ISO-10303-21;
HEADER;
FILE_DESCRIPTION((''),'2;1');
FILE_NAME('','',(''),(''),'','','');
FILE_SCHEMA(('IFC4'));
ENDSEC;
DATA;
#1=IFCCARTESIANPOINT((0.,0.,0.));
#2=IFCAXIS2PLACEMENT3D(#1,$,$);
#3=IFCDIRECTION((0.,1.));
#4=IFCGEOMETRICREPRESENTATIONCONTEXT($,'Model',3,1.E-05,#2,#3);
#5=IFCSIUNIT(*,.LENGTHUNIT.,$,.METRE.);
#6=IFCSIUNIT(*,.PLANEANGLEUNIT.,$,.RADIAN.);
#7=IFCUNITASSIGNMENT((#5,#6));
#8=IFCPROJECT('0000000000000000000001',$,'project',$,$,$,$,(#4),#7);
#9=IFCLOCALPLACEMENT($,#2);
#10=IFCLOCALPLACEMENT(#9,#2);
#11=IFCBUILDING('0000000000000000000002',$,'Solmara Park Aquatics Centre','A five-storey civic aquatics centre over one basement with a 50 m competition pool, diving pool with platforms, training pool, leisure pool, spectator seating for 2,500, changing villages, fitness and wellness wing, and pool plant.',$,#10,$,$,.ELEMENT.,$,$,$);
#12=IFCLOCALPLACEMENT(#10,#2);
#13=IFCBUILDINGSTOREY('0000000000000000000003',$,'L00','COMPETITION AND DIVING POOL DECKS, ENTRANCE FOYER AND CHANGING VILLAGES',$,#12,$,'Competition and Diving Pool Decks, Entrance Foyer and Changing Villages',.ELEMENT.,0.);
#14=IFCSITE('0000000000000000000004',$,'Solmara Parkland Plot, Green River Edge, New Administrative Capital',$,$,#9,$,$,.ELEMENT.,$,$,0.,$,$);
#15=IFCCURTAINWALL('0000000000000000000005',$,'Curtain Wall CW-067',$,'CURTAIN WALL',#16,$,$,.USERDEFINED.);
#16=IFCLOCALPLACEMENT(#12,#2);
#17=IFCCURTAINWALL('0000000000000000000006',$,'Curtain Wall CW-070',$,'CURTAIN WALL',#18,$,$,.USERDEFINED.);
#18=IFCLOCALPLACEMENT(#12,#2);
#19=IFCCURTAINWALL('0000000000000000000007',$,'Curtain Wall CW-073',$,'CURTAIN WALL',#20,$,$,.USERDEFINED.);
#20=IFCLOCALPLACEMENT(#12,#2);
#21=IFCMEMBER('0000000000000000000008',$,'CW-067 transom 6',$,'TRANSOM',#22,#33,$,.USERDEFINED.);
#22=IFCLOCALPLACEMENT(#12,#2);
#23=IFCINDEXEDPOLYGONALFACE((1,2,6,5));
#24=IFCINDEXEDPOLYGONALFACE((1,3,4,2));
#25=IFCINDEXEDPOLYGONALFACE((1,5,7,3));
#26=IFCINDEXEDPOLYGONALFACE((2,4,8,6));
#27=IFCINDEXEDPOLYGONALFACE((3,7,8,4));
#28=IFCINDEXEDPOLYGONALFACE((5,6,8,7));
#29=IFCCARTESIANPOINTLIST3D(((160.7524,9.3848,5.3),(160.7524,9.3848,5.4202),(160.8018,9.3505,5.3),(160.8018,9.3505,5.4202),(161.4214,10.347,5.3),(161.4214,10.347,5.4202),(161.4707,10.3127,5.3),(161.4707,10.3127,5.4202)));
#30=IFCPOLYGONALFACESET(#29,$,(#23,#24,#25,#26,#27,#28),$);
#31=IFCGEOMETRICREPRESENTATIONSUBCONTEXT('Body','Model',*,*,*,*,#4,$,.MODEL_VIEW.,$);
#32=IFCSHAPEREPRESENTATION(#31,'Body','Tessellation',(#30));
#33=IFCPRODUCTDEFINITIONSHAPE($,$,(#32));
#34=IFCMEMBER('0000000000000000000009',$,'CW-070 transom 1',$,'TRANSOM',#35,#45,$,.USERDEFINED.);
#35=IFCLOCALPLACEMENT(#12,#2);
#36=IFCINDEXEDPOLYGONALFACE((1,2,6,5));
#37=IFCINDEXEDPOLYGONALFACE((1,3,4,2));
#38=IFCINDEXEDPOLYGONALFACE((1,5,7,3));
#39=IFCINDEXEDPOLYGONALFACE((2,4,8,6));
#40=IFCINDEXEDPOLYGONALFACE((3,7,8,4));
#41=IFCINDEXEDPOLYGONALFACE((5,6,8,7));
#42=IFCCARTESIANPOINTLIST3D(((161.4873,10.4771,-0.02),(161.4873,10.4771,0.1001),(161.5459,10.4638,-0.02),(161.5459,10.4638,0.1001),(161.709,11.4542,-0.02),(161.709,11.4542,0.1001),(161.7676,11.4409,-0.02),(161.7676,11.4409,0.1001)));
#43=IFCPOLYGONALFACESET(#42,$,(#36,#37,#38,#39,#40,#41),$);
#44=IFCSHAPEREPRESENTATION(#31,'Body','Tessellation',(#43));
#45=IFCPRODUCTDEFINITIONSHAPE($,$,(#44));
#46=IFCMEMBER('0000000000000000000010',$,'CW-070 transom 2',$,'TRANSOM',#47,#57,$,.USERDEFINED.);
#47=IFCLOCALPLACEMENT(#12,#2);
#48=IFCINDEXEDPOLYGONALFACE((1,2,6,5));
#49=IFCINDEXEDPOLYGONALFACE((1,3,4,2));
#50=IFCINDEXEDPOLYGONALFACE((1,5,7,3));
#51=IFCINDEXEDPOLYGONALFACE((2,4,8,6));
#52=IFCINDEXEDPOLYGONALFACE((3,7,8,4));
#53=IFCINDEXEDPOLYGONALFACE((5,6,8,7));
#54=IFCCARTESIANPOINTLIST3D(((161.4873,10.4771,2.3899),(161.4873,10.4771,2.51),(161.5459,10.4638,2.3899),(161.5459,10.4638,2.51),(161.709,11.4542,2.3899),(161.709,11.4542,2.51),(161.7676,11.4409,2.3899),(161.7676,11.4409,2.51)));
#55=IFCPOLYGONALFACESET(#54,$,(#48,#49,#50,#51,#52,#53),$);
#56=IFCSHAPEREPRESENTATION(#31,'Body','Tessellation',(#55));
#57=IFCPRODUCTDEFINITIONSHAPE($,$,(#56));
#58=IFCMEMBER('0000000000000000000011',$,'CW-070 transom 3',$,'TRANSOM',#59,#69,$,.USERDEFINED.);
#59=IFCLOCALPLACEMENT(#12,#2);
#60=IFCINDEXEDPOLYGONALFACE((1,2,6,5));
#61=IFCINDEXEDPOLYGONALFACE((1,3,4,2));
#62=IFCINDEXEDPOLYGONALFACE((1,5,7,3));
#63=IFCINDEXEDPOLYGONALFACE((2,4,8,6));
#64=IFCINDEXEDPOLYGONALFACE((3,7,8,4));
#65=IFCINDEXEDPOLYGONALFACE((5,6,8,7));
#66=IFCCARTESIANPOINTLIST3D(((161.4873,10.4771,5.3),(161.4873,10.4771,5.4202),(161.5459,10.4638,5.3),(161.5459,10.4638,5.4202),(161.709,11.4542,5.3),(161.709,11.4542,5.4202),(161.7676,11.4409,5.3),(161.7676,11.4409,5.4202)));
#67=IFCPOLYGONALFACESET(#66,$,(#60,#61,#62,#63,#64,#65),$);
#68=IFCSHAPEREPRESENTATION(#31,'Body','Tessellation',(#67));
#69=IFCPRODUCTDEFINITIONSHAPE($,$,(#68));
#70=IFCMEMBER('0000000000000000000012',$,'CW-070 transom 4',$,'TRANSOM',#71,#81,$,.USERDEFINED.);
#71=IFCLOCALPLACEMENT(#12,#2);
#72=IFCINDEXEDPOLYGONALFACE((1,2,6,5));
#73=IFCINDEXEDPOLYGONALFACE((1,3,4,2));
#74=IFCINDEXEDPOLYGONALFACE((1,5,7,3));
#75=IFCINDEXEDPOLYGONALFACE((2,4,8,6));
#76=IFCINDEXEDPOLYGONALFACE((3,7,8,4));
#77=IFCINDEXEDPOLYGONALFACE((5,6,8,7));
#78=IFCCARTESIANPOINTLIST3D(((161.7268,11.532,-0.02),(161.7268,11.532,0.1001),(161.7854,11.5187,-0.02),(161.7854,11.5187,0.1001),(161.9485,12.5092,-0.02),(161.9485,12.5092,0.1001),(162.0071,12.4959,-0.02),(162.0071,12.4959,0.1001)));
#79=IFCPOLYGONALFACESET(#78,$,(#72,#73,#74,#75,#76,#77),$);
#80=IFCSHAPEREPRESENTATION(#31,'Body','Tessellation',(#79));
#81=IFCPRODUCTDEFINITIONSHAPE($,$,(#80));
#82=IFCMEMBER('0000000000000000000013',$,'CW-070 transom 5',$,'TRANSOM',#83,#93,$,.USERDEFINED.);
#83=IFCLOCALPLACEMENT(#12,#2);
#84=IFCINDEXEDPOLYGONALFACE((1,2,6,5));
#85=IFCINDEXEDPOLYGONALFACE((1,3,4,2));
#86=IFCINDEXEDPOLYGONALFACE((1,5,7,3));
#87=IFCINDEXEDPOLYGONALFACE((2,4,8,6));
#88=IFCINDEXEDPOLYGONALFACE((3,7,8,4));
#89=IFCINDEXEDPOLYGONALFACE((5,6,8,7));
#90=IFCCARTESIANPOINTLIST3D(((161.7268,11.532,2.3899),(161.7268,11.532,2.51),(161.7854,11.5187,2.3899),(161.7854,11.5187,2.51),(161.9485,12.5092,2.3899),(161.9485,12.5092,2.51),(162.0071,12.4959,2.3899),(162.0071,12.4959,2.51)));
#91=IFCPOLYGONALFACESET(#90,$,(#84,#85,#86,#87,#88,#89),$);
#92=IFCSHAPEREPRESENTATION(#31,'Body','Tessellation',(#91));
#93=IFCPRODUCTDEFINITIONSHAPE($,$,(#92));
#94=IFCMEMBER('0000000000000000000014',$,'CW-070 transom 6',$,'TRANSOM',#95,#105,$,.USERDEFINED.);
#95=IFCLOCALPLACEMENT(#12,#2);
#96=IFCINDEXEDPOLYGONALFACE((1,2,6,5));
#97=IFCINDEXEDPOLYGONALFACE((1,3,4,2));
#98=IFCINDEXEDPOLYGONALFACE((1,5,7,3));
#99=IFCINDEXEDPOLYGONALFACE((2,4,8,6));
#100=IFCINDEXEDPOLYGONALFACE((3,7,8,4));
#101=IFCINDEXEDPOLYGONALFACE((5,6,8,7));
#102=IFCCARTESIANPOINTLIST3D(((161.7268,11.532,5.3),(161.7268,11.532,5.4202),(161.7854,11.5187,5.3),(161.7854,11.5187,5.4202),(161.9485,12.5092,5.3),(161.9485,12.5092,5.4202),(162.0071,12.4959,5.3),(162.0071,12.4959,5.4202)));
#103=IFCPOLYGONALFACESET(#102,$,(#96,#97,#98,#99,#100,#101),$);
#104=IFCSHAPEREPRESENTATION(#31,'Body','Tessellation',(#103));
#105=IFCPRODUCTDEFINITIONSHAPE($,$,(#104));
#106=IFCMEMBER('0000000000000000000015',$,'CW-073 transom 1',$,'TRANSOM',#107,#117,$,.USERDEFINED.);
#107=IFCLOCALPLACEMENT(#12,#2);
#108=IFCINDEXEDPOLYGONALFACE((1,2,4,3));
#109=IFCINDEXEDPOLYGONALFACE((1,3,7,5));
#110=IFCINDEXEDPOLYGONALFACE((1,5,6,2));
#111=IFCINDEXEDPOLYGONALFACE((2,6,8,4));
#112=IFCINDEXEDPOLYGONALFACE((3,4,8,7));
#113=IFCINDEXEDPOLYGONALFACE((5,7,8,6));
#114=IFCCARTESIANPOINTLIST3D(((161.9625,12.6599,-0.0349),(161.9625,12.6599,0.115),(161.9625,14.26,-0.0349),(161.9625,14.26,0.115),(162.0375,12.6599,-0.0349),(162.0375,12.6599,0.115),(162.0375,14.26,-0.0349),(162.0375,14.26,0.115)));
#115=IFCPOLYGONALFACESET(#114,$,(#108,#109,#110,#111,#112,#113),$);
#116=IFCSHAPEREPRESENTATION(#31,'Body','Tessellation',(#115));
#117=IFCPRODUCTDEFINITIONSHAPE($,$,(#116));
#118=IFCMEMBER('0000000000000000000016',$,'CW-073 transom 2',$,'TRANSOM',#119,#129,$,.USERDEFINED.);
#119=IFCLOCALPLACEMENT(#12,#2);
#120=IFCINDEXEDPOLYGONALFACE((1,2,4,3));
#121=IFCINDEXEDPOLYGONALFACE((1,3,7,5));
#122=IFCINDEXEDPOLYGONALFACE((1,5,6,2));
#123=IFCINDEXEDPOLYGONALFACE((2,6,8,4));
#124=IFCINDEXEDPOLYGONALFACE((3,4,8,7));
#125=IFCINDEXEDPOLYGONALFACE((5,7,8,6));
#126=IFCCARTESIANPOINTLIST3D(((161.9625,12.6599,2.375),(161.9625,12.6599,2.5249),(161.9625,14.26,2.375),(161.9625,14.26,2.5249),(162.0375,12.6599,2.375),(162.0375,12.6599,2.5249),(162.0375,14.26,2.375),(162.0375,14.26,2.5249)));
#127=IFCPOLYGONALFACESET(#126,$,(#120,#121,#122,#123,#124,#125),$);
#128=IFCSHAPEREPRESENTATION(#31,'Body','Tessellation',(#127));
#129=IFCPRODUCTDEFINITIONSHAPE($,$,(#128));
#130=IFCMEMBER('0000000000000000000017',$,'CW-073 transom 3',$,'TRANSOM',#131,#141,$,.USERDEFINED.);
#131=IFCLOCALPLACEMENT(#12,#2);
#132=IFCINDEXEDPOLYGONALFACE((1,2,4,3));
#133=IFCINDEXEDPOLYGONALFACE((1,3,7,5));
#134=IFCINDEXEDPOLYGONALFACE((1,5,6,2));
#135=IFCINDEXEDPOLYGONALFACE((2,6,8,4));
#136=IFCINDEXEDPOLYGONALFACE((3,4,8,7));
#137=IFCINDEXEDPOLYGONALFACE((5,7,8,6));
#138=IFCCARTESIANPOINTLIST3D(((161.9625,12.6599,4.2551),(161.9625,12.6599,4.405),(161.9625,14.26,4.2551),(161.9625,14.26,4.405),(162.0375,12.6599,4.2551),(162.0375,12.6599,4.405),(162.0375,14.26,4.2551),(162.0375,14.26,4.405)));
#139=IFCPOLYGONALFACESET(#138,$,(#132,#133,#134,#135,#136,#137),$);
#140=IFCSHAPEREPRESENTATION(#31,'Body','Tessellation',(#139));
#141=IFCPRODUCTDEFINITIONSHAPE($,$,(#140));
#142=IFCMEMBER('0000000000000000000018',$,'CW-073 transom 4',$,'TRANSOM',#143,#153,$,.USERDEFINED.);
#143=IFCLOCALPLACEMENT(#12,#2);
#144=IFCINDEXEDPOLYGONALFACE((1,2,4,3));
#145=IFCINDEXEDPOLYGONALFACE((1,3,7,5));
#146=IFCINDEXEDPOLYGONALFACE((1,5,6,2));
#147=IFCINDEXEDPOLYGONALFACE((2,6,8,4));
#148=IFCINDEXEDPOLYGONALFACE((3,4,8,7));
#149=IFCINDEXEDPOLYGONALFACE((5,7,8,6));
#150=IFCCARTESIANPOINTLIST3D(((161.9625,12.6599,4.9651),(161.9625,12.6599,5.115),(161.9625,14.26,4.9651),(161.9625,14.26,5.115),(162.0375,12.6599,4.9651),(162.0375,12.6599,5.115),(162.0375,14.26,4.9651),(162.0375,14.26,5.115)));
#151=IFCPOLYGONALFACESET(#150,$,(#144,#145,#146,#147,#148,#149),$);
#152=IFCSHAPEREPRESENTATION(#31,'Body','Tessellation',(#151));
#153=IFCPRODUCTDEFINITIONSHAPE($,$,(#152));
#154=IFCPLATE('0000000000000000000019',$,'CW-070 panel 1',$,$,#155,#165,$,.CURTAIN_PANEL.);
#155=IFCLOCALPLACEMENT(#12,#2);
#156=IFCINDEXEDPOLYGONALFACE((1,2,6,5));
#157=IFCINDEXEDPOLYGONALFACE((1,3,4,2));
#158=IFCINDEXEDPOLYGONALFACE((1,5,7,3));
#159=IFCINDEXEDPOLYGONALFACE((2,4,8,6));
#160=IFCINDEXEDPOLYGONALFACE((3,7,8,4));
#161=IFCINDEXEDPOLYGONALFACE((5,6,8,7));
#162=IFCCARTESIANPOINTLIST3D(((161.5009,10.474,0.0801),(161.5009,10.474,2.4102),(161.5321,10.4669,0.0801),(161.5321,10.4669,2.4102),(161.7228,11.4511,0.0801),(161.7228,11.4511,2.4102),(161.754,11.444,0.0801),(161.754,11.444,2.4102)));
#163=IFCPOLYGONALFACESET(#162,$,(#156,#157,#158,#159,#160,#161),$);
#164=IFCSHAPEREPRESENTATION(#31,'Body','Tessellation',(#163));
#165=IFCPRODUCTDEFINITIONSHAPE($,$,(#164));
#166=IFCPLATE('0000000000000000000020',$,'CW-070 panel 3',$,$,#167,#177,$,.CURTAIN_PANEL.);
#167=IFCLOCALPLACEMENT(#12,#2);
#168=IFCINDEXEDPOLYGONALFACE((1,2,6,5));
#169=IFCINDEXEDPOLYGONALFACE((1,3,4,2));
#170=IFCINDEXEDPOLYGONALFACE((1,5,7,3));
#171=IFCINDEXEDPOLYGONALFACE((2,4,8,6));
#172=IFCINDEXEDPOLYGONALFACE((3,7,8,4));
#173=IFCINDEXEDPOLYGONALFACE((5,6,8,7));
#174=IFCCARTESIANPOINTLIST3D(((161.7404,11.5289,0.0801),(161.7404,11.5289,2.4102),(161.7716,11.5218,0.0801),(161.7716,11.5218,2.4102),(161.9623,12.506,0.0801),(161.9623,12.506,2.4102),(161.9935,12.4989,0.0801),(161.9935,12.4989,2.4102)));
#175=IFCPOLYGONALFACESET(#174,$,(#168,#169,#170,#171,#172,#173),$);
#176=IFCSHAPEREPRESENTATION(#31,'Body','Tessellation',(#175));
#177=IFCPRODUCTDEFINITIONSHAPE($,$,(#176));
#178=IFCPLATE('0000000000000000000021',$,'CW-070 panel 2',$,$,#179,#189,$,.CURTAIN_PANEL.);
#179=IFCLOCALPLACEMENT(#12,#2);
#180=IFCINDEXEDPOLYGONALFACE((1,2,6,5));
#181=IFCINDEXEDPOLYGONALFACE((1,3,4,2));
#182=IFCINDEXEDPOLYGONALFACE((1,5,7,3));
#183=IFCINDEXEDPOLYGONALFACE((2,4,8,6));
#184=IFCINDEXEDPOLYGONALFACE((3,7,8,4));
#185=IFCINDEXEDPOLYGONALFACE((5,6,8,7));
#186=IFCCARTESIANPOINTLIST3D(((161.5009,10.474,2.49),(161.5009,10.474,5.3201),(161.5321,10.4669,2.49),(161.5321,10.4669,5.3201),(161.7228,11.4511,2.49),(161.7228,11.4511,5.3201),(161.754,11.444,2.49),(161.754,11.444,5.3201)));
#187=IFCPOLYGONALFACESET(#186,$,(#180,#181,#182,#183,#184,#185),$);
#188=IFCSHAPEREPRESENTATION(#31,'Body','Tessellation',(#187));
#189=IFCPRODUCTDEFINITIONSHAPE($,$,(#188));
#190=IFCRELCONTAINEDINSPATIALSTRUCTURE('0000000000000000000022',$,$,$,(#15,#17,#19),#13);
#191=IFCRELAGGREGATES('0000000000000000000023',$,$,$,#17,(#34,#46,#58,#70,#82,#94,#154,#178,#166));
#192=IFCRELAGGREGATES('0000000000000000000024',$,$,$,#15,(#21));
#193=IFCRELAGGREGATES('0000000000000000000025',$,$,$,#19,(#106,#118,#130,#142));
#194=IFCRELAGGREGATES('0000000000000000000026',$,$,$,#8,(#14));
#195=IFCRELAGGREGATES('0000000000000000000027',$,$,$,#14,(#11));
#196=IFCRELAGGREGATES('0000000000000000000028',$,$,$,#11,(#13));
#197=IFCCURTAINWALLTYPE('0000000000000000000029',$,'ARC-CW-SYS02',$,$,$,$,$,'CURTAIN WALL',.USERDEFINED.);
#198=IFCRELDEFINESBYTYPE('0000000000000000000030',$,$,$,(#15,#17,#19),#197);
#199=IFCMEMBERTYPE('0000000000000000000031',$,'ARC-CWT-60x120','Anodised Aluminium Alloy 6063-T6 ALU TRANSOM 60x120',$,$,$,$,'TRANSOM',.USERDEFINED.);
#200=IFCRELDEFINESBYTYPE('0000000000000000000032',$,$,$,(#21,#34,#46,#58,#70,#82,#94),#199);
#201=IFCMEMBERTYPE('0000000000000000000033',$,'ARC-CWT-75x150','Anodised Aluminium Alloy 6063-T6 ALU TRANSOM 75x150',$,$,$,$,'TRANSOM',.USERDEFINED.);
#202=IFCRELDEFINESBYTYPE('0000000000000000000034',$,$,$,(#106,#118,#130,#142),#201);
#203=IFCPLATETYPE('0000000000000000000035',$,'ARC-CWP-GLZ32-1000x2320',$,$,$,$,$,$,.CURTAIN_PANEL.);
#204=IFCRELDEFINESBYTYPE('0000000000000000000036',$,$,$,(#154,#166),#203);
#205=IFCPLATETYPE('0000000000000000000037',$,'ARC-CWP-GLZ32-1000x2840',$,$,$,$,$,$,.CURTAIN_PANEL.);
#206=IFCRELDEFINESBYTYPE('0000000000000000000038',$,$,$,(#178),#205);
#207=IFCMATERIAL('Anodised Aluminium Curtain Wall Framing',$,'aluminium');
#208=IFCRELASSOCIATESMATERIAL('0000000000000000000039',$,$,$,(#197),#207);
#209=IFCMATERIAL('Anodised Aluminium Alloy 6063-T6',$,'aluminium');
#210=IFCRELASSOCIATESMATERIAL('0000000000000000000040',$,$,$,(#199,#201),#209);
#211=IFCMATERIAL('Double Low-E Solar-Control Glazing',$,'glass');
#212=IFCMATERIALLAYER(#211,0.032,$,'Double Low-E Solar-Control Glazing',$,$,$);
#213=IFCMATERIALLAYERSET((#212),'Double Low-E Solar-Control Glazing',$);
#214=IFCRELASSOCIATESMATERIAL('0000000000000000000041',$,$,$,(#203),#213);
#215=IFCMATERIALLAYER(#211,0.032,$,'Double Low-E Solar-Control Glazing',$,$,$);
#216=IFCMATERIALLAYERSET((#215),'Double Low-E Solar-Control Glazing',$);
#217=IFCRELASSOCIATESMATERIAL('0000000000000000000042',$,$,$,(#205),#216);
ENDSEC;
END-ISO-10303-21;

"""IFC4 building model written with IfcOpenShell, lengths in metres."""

from ifc_helpers import new_model, si_unit, direction, frame, origin, origin_2d, place, context, subcontext, project, spatial, rectangle, extrude, material, layer, layer_set, material_profile, profile_set, type_object, element, aggregate, save


model = new_model("IFC4")

# Units and contexts
model_context = context("Model", 3, precision=1e-05, world=origin(), true_north=direction((0.0, 1.0)))
body_context = subcontext(model_context, "Body", "Model", "MODEL_VIEW")
ifc_project = project(units=[si_unit("LENGTHUNIT", "METRE"), si_unit("PLANEANGLEUNIT", "RADIAN")], contexts=[model_context])

# Site, building, storey
site_placement = place(None, origin())
site = spatial("IfcSite", under=ifc_project, at=site_placement, Name="Solmara Parkland Plot, Green River Edge, New Administrative Capital", CompositionType="ELEMENT", RefElevation=0.0)
building_placement = place(site_placement, origin())
building = spatial("IfcBuilding", under=site, at=building_placement, Name="Solmara Park Aquatics Centre", Description="A five-storey civic aquatics centre over one basement with a 50 m competition pool, diving pool with platforms, training pool, leisure pool, spectator seating for 2,500, changing villages, fitness and wellness wing, and pool plant.", CompositionType="ELEMENT")
storey_placement = place(building_placement, origin())
storey = spatial("IfcBuildingStorey", under=building, at=storey_placement, Name="L00", Description="COMPETITION AND DIVING POOL DECKS, ENTRANCE FOYER AND CHANGING VILLAGES", LongName="Competition and Diving Pool Decks, Entrance Foyer and Changing Villages", CompositionType="ELEMENT", Elevation=0.0)

# Shared definitions
ifc_material_1 = material(Name="Anodised Aluminium Curtain Wall Framing", Category="aluminium")
curtain_wall_type = type_object("IfcCurtainWallType", Name="ARC-CW-SYS02", ElementType="CURTAIN WALL", PredefinedType="USERDEFINED", material=ifc_material_1)
ifc_material_2 = material(Name="Anodised Aluminium Alloy 6063-T6", Category="aluminium")

# Curtain walls
curtain_wall_1_placement = place(storey_placement, origin())
curtain_wall_1 = element("IfcCurtainWall", 1, at=curtain_wall_1_placement, inside=storey, type_object=curtain_wall_type, Name="Curtain Wall CW-067", ObjectType="CURTAIN WALL", PredefinedType="USERDEFINED")
curtain_wall_2_placement = place(storey_placement, origin())
curtain_wall_2 = element("IfcCurtainWall", 2, at=curtain_wall_2_placement, inside=storey, type_object=curtain_wall_type, Name="Curtain Wall CW-070", ObjectType="CURTAIN WALL", PredefinedType="USERDEFINED")

# Curtain wall
curtain_wall_3_placement = place(storey_placement, origin())
curtain_wall_3 = element("IfcCurtainWall", 3, at=curtain_wall_3_placement, inside=storey, type_object=curtain_wall_type, Name="Curtain Wall CW-073", ObjectType="CURTAIN WALL", PredefinedType="USERDEFINED")

# Members
ifc_material_profile_1 = material_profile(ifc_material_2, rectangle(XDim=0.0601, YDim=0.1201, at=origin_2d()), Name="ALU TRANSOM 60x120")
ifc_profile_set_1 = profile_set([ifc_material_profile_1], Name="Anodised Aluminium Alloy 6063-T6")
member_type_1 = type_object("IfcMemberType", Name="ARC-CWT-60x120", Description="Anodised Aluminium Alloy 6063-T6 ALU TRANSOM 60x120", ElementType="TRANSOM", PredefinedType="USERDEFINED", material=ifc_profile_set_1)
member_1_placement = place(storey_placement, frame((160.7771, 9.3677, 5.3601), z_axis=(0.570845, 0.821058, 0.0), x_axis=(-0.821058, 0.570845, 0.0)))
member_1 = element("IfcMember", 4, at=member_1_placement, type_object=member_type_1, Name="CW-067 transom 6", ObjectType="TRANSOM", PredefinedType="USERDEFINED", context=body_context, shape_type="SweptSolid", body=[
    extrude(rectangle(XDim=0.0601, YDim=0.1201, at=origin_2d()), origin(), (0.0, 0.0, 1.0), 1.1719),
])
member_2_placement = place(storey_placement, frame((161.5166, 10.4705, 0.04), z_axis=(0.221263, 0.975214, 0.0), x_axis=(-0.975214, 0.221263, 0.0)))
member_2 = element("IfcMember", 5, at=member_2_placement, type_object=member_type_1, Name="CW-070 transom 1", ObjectType="TRANSOM", PredefinedType="USERDEFINED", context=body_context, shape_type="SweptSolid", body=[
    extrude(rectangle(XDim=0.0601, YDim=0.1201, at=origin_2d()), origin(), (0.0, 0.0, 1.0), 1.002),
])
member_3_placement = place(storey_placement, frame((161.5166, 10.4705, 2.45), z_axis=(0.221263, 0.975214, 0.0), x_axis=(-0.975214, 0.221263, 0.0)))
member_3 = element("IfcMember", 6, at=member_3_placement, type_object=member_type_1, Name="CW-070 transom 2", ObjectType="TRANSOM", PredefinedType="USERDEFINED", context=body_context, shape_type="SweptSolid", body=[
    extrude(rectangle(XDim=0.0601, YDim=0.1201, at=origin_2d()), origin(), (0.0, 0.0, 1.0), 1.002),
])
member_4_placement = place(storey_placement, frame((161.5166, 10.4705, 5.3601), z_axis=(0.221263, 0.975214, 0.0), x_axis=(-0.975214, 0.221263, 0.0)))
member_4 = element("IfcMember", 7, at=member_4_placement, type_object=member_type_1, Name="CW-070 transom 3", ObjectType="TRANSOM", PredefinedType="USERDEFINED", context=body_context, shape_type="SweptSolid", body=[
    extrude(rectangle(XDim=0.0601, YDim=0.1201, at=origin_2d()), origin(), (0.0, 0.0, 1.0), 1.002),
])
member_5_placement = place(storey_placement, frame((161.7561, 11.5254, 0.04), z_axis=(0.221263, 0.975214, 0.0), x_axis=(-0.975214, 0.221263, 0.0)))
member_5 = element("IfcMember", 8, at=member_5_placement, type_object=member_type_1, Name="CW-070 transom 4", ObjectType="TRANSOM", PredefinedType="USERDEFINED", context=body_context, shape_type="SweptSolid", body=[
    extrude(rectangle(XDim=0.0601, YDim=0.1201, at=origin_2d()), origin(), (0.0, 0.0, 1.0), 1.002),
])
member_6_placement = place(storey_placement, frame((161.7561, 11.5254, 2.45), z_axis=(0.221263, 0.975214, 0.0), x_axis=(-0.975214, 0.221263, 0.0)))
member_6 = element("IfcMember", 9, at=member_6_placement, type_object=member_type_1, Name="CW-070 transom 5", ObjectType="TRANSOM", PredefinedType="USERDEFINED", context=body_context, shape_type="SweptSolid", body=[
    extrude(rectangle(XDim=0.0601, YDim=0.1201, at=origin_2d()), origin(), (0.0, 0.0, 1.0), 1.002),
])
member_7_placement = place(storey_placement, frame((161.7561, 11.5254, 5.3601), z_axis=(0.221263, 0.975214, 0.0), x_axis=(-0.975214, 0.221263, 0.0)))
member_7 = element("IfcMember", 10, at=member_7_placement, type_object=member_type_1, Name="CW-070 transom 6", ObjectType="TRANSOM", PredefinedType="USERDEFINED", context=body_context, shape_type="SweptSolid", body=[
    extrude(rectangle(XDim=0.0601, YDim=0.1201, at=origin_2d()), origin(), (0.0, 0.0, 1.0), 1.002),
])
ifc_material_profile_2 = material_profile(ifc_material_2, rectangle(XDim=0.075, YDim=0.1499, at=origin_2d()), Name="ALU TRANSOM 75x150")
ifc_profile_set_2 = profile_set([ifc_material_profile_2], Name="Anodised Aluminium Alloy 6063-T6")
member_type_2 = type_object("IfcMemberType", Name="ARC-CWT-75x150", Description="Anodised Aluminium Alloy 6063-T6 ALU TRANSOM 75x150", ElementType="TRANSOM", PredefinedType="USERDEFINED", material=ifc_profile_set_2)
member_8_placement = place(storey_placement, frame((162.0, 12.6599, 0.04), z_axis=(0.0, 1.0, 0.0), x_axis=(-1.0, 0.0, 0.0)))
member_8 = element("IfcMember", 11, at=member_8_placement, type_object=member_type_2, Name="CW-073 transom 1", ObjectType="TRANSOM", PredefinedType="USERDEFINED", context=body_context, shape_type="SweptSolid", body=[
    extrude(rectangle(XDim=0.075, YDim=0.1499, at=origin_2d()), origin(), (0.0, 0.0, 1.0), 1.6001),
])
member_9_placement = place(storey_placement, frame((162.0, 12.6599, 2.45), z_axis=(0.0, 1.0, 0.0), x_axis=(-1.0, 0.0, 0.0)))
member_9 = element("IfcMember", 12, at=member_9_placement, type_object=member_type_2, Name="CW-073 transom 2", ObjectType="TRANSOM", PredefinedType="USERDEFINED", context=body_context, shape_type="SweptSolid", body=[
    extrude(rectangle(XDim=0.075, YDim=0.1499, at=origin_2d()), origin(), (0.0, 0.0, 1.0), 1.6001),
])
member_10_placement = place(storey_placement, frame((162.0, 12.6599, 4.3301), z_axis=(0.0, 1.0, 0.0), x_axis=(-1.0, 0.0, 0.0)))
member_10 = element("IfcMember", 13, at=member_10_placement, type_object=member_type_2, Name="CW-073 transom 3", ObjectType="TRANSOM", PredefinedType="USERDEFINED", context=body_context, shape_type="SweptSolid", body=[
    extrude(rectangle(XDim=0.075, YDim=0.1499, at=origin_2d()), origin(), (0.0, 0.0, 1.0), 1.6001),
])
member_11_placement = place(storey_placement, frame((162.0, 12.6599, 5.04), z_axis=(0.0, 1.0, 0.0), x_axis=(-1.0, 0.0, 0.0)))
member_11 = element("IfcMember", 14, at=member_11_placement, type_object=member_type_2, Name="CW-073 transom 4", ObjectType="TRANSOM", PredefinedType="USERDEFINED", context=body_context, shape_type="SweptSolid", body=[
    extrude(rectangle(XDim=0.075, YDim=0.1499, at=origin_2d()), origin(), (0.0, 0.0, 1.0), 1.6001),
])

# Plates
ifc_material_3 = material(Name="Double Low-E Solar-Control Glazing", Category="glass")
ifc_layer_1 = layer(ifc_material_3, 0.032, Name="Double Low-E Solar-Control Glazing")
ifc_layer_set_1 = layer_set([ifc_layer_1], Name="Double Low-E Solar-Control Glazing")
plate_type_1 = type_object("IfcPlateType", Name="ARC-CWP-GLZ32-1000x2320", PredefinedType="CURTAIN_PANEL", material=ifc_layer_set_1)
plate_1_placement = place(storey_placement, frame((161.6274, 10.959, 0.0801), z_axis=(0.0, 0.0, 1.0), x_axis=(0.221421, 0.975178, 0.0)))
plate_1 = element("IfcPlate", 15, at=plate_1_placement, type_object=plate_type_1, Name="CW-070 panel 1", PredefinedType="CURTAIN_PANEL", context=body_context, shape_type="SweptSolid", body=[
    extrude(rectangle(XDim=1.002, YDim=0.032, at=origin_2d()), origin(), (0.0, 0.0, 1.0), 2.3301),
])
plate_2_placement = place(storey_placement, frame((161.8669, 12.0139, 0.0801), z_axis=(0.0, 0.0, 1.0), x_axis=(0.221421, 0.975178, 0.0)))
plate_2 = element("IfcPlate", 16, at=plate_2_placement, type_object=plate_type_1, Name="CW-070 panel 3", PredefinedType="CURTAIN_PANEL", context=body_context, shape_type="SweptSolid", body=[
    extrude(rectangle(XDim=1.002, YDim=0.032, at=origin_2d()), origin(), (0.0, 0.0, 1.0), 2.3301),
])
ifc_layer_2 = layer(ifc_material_3, 0.032, Name="Double Low-E Solar-Control Glazing")
ifc_layer_set_2 = layer_set([ifc_layer_2], Name="Double Low-E Solar-Control Glazing")
plate_type_2 = type_object("IfcPlateType", Name="ARC-CWP-GLZ32-1000x2840", PredefinedType="CURTAIN_PANEL", material=ifc_layer_set_2)
plate_3_placement = place(storey_placement, frame((161.6274, 10.959, 2.49), z_axis=(0.0, 0.0, 1.0), x_axis=(0.221421, 0.975178, 0.0)))
plate_3 = element("IfcPlate", 17, at=plate_3_placement, type_object=plate_type_2, Name="CW-070 panel 2", PredefinedType="CURTAIN_PANEL", context=body_context, shape_type="SweptSolid", body=[
    extrude(rectangle(XDim=1.002, YDim=0.032, at=origin_2d()), origin(), (0.0, 0.0, 1.0), 2.8301),
])
aggregate(curtain_wall_2, [member_2, member_3, member_4, member_5, member_6, member_7, plate_1, plate_3, plate_2])
aggregate(curtain_wall_1, [member_1])
aggregate(curtain_wall_3, [member_8, member_9, member_10, member_11])

save(model, "model.ifc")
